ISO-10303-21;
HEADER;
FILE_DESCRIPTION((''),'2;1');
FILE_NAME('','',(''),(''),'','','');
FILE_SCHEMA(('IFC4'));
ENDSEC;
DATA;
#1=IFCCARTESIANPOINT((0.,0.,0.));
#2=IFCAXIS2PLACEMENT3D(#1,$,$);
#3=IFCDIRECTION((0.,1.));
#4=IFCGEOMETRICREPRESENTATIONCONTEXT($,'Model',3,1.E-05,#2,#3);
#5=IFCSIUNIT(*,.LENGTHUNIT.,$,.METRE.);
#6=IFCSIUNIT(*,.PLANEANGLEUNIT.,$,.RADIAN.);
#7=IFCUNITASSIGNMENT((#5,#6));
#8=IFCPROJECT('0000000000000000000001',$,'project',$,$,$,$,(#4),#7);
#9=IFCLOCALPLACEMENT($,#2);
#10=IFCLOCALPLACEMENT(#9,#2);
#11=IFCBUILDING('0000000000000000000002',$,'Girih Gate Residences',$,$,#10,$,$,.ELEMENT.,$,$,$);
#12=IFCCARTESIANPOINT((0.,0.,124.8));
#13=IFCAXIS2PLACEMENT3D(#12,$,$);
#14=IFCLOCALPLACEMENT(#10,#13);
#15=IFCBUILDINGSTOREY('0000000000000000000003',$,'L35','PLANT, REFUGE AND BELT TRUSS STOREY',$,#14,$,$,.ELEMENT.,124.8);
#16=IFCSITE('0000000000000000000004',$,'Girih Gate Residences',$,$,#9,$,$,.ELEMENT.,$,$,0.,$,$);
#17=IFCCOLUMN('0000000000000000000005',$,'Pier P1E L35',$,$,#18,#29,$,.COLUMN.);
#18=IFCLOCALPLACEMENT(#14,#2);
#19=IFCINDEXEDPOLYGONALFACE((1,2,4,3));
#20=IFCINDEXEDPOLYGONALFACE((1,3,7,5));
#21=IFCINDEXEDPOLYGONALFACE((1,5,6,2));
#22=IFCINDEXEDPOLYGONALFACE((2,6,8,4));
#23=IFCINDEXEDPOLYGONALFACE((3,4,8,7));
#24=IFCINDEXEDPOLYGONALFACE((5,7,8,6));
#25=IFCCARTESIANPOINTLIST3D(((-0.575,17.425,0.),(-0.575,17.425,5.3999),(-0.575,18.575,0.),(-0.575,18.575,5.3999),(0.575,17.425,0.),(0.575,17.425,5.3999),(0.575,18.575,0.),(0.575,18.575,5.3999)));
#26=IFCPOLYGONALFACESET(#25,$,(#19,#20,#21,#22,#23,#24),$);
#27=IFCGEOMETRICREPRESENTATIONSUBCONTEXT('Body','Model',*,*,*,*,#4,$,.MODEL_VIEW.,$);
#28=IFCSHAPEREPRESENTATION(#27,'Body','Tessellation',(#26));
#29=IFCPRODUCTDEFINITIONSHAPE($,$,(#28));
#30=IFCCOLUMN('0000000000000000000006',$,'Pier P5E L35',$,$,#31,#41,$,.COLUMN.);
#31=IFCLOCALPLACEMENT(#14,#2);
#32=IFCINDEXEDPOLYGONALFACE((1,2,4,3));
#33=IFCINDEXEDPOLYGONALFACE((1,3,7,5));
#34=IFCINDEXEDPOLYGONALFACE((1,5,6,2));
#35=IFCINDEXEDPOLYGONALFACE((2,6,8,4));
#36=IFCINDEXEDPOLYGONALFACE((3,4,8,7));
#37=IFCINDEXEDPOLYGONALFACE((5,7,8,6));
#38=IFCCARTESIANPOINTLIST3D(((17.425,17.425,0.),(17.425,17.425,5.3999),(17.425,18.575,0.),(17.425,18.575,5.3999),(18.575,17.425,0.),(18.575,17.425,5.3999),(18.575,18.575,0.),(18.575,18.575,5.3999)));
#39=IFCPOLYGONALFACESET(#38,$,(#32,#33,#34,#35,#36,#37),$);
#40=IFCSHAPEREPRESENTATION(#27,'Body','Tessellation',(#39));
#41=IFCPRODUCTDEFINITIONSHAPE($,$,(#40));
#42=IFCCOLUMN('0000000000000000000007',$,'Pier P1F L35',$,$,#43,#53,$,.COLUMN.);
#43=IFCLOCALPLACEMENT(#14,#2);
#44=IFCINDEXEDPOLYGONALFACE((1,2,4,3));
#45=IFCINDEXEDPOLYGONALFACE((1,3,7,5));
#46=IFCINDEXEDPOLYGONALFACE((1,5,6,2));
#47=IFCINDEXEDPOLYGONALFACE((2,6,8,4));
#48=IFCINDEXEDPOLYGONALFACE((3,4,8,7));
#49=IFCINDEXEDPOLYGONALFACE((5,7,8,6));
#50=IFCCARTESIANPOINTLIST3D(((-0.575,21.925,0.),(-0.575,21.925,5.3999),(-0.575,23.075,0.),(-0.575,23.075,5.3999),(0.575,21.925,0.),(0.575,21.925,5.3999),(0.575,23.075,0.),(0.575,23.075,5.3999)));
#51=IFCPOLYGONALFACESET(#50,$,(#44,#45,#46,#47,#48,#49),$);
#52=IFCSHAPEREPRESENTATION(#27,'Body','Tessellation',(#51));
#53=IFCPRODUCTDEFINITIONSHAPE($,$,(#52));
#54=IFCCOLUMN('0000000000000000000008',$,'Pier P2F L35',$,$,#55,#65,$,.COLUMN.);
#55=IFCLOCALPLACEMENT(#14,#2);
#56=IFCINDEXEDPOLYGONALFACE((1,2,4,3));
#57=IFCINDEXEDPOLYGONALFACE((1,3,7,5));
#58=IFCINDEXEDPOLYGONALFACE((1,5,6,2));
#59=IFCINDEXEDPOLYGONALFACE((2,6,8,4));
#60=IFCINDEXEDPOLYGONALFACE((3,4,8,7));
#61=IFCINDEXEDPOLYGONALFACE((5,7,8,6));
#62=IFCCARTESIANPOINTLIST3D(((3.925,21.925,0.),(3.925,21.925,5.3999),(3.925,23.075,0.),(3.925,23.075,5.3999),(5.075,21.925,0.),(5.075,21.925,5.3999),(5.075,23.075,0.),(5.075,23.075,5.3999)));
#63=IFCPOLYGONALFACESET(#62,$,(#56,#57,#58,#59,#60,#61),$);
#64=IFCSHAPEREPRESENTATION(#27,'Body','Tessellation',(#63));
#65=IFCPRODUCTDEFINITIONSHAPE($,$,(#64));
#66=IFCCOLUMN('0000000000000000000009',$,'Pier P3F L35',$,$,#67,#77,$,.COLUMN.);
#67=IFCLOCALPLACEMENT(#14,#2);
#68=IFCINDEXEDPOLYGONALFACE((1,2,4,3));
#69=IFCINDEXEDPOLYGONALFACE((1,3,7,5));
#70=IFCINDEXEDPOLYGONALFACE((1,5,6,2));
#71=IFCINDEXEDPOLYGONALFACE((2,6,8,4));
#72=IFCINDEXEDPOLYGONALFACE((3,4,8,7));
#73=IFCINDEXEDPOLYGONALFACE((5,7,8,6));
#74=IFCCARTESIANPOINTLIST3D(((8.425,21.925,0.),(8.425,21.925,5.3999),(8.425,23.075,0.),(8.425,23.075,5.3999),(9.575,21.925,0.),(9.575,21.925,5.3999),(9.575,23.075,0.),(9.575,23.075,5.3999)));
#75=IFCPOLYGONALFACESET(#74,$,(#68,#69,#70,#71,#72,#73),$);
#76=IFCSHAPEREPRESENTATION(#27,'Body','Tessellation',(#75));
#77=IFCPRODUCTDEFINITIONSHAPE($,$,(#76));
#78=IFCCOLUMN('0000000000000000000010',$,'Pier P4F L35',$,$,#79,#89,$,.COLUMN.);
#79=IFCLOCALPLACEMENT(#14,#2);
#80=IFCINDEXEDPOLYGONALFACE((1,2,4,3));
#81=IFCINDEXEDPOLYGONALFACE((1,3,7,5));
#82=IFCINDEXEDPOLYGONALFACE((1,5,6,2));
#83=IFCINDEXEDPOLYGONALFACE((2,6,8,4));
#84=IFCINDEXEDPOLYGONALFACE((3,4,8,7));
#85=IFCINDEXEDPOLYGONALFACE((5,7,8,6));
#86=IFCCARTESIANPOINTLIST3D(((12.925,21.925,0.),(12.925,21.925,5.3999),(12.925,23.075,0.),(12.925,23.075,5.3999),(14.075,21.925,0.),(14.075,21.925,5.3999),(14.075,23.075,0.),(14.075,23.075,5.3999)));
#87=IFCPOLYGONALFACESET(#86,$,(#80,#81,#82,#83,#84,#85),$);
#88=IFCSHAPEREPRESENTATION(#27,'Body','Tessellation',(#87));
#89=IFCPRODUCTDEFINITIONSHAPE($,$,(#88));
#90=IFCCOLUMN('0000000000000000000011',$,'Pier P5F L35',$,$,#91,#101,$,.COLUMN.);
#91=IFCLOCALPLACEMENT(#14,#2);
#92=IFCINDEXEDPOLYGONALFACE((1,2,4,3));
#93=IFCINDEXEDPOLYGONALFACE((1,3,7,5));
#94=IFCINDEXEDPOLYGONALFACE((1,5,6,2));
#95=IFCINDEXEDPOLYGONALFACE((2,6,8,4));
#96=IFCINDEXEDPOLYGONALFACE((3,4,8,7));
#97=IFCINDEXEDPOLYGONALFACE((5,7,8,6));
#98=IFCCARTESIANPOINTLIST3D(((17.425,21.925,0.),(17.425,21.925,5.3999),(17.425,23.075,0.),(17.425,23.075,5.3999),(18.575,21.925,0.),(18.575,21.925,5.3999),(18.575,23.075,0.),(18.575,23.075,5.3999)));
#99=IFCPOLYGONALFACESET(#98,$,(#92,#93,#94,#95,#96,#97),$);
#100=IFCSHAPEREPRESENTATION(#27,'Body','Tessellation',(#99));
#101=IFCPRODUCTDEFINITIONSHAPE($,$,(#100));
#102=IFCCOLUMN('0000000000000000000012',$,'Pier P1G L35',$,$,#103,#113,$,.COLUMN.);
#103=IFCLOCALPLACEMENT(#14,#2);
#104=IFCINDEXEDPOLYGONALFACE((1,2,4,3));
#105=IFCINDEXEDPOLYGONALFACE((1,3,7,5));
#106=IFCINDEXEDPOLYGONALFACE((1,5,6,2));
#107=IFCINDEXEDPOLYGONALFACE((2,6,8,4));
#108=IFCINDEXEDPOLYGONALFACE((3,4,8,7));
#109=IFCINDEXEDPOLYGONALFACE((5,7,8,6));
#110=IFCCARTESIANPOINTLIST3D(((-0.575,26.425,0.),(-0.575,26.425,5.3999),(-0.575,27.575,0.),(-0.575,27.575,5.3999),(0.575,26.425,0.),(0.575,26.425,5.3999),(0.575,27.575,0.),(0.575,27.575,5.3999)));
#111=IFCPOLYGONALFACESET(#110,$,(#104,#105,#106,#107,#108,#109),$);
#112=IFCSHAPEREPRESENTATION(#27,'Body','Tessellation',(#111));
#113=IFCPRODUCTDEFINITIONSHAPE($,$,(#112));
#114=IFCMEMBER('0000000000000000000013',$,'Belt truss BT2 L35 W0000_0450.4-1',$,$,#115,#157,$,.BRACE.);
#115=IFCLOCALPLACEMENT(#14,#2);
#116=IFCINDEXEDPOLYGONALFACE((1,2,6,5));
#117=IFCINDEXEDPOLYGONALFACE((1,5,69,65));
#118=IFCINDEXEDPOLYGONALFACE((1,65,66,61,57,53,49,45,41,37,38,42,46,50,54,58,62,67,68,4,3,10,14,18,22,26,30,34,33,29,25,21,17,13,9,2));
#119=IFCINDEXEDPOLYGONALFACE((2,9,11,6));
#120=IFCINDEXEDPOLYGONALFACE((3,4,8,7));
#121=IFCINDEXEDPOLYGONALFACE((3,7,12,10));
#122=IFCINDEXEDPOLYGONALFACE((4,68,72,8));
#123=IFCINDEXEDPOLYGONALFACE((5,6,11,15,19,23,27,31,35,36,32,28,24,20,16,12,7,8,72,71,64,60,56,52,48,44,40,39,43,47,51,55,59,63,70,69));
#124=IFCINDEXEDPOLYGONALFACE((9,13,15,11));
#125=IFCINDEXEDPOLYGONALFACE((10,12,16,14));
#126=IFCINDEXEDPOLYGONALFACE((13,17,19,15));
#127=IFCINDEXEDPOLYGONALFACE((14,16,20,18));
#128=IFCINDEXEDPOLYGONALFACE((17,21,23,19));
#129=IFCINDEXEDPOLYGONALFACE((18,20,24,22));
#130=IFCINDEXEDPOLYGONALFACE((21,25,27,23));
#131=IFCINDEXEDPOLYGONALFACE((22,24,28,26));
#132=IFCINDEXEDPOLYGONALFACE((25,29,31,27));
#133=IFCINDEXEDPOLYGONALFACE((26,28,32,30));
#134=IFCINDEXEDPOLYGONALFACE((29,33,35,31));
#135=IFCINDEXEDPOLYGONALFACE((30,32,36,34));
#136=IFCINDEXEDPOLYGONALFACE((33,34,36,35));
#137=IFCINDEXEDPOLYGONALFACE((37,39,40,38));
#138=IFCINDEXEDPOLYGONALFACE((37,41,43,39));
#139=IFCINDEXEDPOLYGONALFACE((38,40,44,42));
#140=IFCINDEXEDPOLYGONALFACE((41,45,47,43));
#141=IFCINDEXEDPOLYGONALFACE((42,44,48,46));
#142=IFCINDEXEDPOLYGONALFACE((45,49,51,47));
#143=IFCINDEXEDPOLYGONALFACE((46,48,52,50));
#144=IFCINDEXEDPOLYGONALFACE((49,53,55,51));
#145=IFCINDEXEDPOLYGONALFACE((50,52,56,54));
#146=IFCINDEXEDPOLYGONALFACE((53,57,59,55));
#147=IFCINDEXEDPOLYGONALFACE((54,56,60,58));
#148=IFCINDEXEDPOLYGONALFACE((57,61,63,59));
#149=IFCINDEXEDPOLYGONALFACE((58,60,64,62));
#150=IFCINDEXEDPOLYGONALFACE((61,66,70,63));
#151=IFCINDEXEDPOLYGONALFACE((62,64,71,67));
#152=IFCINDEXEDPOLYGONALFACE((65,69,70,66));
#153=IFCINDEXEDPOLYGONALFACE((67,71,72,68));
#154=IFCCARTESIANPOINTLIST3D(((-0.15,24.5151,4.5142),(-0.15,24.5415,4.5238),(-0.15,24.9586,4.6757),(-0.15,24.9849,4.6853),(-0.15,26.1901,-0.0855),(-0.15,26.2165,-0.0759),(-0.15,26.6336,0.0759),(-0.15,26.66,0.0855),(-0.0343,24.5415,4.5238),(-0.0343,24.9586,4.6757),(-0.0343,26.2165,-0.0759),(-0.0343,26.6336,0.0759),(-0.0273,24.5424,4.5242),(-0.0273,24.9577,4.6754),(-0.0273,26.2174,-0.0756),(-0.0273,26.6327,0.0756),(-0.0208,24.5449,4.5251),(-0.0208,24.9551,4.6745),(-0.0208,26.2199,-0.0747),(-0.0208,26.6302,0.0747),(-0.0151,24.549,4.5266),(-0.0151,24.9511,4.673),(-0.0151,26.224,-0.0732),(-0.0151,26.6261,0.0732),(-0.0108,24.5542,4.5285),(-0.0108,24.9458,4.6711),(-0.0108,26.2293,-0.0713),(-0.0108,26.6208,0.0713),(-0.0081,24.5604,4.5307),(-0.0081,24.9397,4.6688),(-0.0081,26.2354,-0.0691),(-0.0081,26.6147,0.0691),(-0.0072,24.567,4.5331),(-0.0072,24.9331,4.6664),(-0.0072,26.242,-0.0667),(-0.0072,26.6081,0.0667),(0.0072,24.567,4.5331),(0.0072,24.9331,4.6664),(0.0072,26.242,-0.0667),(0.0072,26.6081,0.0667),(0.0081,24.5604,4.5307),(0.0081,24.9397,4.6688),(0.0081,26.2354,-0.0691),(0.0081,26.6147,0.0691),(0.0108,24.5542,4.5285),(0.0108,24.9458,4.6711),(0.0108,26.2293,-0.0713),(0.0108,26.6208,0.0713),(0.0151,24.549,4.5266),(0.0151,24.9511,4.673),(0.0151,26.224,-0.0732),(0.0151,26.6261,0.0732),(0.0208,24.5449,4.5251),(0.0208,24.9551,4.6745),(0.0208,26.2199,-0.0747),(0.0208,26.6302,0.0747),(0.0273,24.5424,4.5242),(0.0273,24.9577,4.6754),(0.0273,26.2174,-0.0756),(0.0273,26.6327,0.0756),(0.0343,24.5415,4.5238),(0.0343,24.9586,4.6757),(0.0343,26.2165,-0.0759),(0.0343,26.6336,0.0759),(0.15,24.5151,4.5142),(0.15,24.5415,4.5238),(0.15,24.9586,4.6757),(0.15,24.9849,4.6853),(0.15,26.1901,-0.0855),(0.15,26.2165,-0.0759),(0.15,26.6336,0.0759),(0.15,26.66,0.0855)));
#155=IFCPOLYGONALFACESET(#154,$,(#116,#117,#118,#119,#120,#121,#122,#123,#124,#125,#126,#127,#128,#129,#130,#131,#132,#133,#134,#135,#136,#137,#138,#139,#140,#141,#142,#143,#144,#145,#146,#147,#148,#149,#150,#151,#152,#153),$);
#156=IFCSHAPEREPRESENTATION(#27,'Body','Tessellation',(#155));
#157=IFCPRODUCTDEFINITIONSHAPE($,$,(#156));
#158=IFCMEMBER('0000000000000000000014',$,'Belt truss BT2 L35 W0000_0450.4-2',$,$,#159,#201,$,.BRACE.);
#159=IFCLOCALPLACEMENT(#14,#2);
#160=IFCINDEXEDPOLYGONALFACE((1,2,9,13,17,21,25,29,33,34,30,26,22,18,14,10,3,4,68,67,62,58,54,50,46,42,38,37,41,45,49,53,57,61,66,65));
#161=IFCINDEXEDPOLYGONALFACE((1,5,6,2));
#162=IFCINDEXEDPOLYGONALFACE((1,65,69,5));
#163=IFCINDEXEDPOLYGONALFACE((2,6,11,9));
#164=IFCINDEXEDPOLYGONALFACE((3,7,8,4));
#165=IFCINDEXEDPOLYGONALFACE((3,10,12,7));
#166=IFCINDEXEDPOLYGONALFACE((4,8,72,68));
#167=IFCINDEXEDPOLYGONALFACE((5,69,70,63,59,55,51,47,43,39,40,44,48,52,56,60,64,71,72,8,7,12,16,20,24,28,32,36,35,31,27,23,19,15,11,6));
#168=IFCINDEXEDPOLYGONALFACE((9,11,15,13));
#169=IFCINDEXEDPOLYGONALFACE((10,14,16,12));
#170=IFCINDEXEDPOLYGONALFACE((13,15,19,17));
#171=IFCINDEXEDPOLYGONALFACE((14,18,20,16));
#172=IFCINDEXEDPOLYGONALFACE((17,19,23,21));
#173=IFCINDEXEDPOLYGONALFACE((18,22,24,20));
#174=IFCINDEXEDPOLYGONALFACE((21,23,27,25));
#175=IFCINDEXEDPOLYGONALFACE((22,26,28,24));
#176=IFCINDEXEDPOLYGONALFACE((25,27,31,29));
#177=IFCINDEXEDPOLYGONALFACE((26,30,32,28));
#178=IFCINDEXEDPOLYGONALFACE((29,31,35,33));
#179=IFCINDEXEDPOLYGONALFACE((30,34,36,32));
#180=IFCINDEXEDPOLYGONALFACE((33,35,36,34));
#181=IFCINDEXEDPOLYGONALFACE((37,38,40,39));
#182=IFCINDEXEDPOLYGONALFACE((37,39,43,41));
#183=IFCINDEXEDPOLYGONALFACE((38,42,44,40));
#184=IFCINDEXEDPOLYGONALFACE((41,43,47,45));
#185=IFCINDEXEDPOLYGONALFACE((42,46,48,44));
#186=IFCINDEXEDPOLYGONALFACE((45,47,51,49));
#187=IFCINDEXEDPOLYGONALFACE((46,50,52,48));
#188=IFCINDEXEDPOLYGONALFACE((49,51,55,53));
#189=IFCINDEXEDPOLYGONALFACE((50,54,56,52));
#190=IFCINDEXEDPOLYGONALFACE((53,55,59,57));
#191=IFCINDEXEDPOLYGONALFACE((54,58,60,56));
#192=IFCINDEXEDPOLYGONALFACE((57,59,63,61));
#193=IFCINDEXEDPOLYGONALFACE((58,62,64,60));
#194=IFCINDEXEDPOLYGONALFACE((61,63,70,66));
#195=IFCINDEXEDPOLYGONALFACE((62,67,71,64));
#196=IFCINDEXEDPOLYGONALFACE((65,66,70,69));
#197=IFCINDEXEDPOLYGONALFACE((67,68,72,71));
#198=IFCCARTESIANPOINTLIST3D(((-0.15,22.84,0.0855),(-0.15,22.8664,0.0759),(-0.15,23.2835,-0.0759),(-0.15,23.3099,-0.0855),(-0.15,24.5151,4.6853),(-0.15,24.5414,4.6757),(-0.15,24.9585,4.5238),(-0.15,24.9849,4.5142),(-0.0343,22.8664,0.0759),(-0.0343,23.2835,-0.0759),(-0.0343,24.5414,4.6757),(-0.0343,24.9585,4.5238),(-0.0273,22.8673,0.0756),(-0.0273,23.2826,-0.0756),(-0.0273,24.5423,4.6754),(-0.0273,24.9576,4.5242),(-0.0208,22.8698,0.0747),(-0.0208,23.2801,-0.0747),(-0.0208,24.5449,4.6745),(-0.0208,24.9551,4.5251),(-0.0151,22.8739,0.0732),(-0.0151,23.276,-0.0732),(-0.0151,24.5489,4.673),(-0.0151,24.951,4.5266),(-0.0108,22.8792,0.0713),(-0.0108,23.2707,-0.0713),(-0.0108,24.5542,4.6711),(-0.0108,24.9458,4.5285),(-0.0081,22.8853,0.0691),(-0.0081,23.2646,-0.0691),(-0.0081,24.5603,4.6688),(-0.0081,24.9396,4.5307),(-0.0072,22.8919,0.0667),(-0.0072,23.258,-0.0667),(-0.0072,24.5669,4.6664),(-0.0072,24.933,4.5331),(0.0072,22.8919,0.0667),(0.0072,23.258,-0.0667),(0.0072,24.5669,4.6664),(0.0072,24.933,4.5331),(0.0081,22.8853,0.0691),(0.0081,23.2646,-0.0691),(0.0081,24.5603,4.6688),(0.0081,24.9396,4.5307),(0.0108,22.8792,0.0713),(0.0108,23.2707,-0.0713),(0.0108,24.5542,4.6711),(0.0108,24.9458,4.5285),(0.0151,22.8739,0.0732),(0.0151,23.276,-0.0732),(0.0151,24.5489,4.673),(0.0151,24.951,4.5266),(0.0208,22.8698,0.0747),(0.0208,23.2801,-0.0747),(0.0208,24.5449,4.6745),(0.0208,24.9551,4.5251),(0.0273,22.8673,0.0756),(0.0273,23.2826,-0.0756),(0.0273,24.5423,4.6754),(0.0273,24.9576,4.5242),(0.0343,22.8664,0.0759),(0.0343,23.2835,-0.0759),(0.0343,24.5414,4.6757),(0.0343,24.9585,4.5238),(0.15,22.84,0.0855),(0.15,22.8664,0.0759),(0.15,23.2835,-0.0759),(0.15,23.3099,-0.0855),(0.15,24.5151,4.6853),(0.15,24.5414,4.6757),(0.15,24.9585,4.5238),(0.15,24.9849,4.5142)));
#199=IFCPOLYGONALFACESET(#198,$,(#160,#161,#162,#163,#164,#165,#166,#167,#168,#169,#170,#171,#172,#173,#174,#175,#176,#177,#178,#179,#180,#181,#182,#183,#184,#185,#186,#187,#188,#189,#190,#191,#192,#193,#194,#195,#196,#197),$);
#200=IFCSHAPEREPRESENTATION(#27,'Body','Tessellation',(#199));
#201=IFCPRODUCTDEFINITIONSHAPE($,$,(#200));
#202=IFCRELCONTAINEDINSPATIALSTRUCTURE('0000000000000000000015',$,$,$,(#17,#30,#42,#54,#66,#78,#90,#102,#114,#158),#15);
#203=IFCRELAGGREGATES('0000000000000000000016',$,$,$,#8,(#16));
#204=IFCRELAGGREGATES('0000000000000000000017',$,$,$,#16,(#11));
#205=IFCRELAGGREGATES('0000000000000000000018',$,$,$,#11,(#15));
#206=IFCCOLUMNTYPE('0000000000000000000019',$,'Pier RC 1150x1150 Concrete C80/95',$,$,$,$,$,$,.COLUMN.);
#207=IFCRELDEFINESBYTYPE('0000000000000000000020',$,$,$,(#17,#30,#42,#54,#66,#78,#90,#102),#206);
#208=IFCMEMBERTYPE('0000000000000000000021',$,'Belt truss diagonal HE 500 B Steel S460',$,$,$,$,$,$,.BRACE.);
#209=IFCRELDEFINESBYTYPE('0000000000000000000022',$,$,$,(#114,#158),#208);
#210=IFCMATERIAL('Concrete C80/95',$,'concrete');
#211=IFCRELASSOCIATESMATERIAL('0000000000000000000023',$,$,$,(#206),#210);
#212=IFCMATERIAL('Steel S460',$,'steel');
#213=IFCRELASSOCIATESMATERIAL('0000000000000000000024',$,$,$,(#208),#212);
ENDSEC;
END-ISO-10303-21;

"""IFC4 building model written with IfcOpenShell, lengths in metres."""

from ifc_helpers import new_model, si_unit, direction, frame, origin, origin_2d, place, context, subcontext, project, spatial, rectangle, i_section, extrude, material, material_profile, profile_set, type_object, element, save


model = new_model("IFC4")

# Units and contexts
model_context = context("Model", 3, precision=1e-05, world=origin(), true_north=direction((0.0, 1.0)))
body_context = subcontext(model_context, "Body", "Model", "MODEL_VIEW")
ifc_project = project(units=[si_unit("LENGTHUNIT", "METRE"), si_unit("PLANEANGLEUNIT", "RADIAN")], contexts=[model_context])

# Site, building, storey
site_placement = place(None, origin())
site = spatial("IfcSite", under=ifc_project, at=site_placement, Name="Girih Gate Residences", CompositionType="ELEMENT", RefElevation=0.0)
building_placement = place(site_placement, origin())
building = spatial("IfcBuilding", under=site, at=building_placement, Name="Girih Gate Residences", CompositionType="ELEMENT")
storey_placement = place(building_placement, frame((0.0, 0.0, 124.8)))
storey = spatial("IfcBuildingStorey", under=building, at=storey_placement, Name="L35", Description="PLANT, REFUGE AND BELT TRUSS STOREY", CompositionType="ELEMENT", Elevation=124.8)

# Columns
ifc_material_1 = material(Name="Concrete C80/95", Category="concrete")
ifc_material_profile_1 = material_profile(ifc_material_1, rectangle(XDim=1.1499, YDim=1.1499, at=origin_2d()))
ifc_profile_set_1 = profile_set([ifc_material_profile_1], Name="Concrete C80/95")
column_type = type_object("IfcColumnType", Name="Pier RC 1150x1150 Concrete C80/95", PredefinedType="COLUMN", material=ifc_profile_set_1)
for number, where, z_axis, x_axis, name in (
    (1, (0.0, 18.0, 0.0), (0.0, 0.0, 1.0), (1.0, 0.0, 0.0), "Pier P1E L35"),
    (2, (18.0, 18.0, 0.0), (0.0, 0.0, 1.0), (1.0, 0.0, 0.0), "Pier P5E L35"),
    (3, (0.0, 22.5, 0.0), (0.0, 0.0, 1.0), (1.0, 0.0, 0.0), "Pier P1F L35"),
    (4, (4.5, 22.5, 0.0), (0.0, 0.0, 1.0), (1.0, 0.0, 0.0), "Pier P2F L35"),
    (5, (9.0, 22.5, 0.0), (0.0, 0.0, 1.0), (1.0, 0.0, 0.0), "Pier P3F L35"),
    (6, (13.5, 22.5, 0.0), (0.0, 0.0, 1.0), (1.0, 0.0, 0.0), "Pier P4F L35"),
    (7, (18.0, 22.5, 0.0), (0.0, 0.0, 1.0), (1.0, 0.0, 0.0), "Pier P5F L35"),
    (8, (0.0, 27.0, 0.0), (0.0, 0.0, 1.0), (1.0, 0.0, 0.0), "Pier P1G L35"),
):
    element("IfcColumn", number, at=place(storey_placement, frame(where, z_axis=z_axis, x_axis=x_axis)), inside=storey, type_object=column_type, Name=name, PredefinedType="COLUMN", context=body_context, shape_type="SweptSolid", body=[
        extrude(rectangle(XDim=1.1499, YDim=1.1499, at=origin_2d()), origin(), (0.0, 0.0, 1.0), 5.3999),
    ])

# Members
ifc_material_2 = material(Name="Steel S460", Category="steel")
ifc_material_profile_2 = material_profile(ifc_material_2, i_section(OverallWidth=0.3, OverallDepth=0.5, WebThickness=0.0144, FlangeThickness=0.0281, FilletRadius=0.0271, at=origin_2d()))
ifc_profile_set_2 = profile_set([ifc_material_profile_2], Name="Steel S460")
member_type = type_object("IfcMemberType", Name="Belt truss diagonal HE 500 B Steel S460", PredefinedType="BRACE", material=ifc_profile_set_2)
for number, where, z_axis, x_axis, name in (
    (9, (0.0, 26.425, 0.0), (0.0, -0.342171, 0.939638), (1.0, 0.0, 0.0), "Belt truss BT2 L35 W0000_0450.4-1"),
    (10, (0.0, 23.075, 0.0), (0.0, 0.342171, 0.939638), (-1.0, 0.0, 0.0), "Belt truss BT2 L35 W0000_0450.4-2"),
):
    element("IfcMember", number, at=place(storey_placement, frame(where, z_axis=z_axis, x_axis=x_axis)), inside=storey, type_object=member_type, Name=name, PredefinedType="BRACE", context=body_context, shape_type="SweptSolid", body=[
        extrude(i_section(OverallWidth=0.3, OverallDepth=0.5, WebThickness=0.0144, FlangeThickness=0.0281, FilletRadius=0.0271, at=origin_2d()), origin(), (0.0, 0.0, 1.0), 4.8953),
    ])

save(model, "model.ifc")
